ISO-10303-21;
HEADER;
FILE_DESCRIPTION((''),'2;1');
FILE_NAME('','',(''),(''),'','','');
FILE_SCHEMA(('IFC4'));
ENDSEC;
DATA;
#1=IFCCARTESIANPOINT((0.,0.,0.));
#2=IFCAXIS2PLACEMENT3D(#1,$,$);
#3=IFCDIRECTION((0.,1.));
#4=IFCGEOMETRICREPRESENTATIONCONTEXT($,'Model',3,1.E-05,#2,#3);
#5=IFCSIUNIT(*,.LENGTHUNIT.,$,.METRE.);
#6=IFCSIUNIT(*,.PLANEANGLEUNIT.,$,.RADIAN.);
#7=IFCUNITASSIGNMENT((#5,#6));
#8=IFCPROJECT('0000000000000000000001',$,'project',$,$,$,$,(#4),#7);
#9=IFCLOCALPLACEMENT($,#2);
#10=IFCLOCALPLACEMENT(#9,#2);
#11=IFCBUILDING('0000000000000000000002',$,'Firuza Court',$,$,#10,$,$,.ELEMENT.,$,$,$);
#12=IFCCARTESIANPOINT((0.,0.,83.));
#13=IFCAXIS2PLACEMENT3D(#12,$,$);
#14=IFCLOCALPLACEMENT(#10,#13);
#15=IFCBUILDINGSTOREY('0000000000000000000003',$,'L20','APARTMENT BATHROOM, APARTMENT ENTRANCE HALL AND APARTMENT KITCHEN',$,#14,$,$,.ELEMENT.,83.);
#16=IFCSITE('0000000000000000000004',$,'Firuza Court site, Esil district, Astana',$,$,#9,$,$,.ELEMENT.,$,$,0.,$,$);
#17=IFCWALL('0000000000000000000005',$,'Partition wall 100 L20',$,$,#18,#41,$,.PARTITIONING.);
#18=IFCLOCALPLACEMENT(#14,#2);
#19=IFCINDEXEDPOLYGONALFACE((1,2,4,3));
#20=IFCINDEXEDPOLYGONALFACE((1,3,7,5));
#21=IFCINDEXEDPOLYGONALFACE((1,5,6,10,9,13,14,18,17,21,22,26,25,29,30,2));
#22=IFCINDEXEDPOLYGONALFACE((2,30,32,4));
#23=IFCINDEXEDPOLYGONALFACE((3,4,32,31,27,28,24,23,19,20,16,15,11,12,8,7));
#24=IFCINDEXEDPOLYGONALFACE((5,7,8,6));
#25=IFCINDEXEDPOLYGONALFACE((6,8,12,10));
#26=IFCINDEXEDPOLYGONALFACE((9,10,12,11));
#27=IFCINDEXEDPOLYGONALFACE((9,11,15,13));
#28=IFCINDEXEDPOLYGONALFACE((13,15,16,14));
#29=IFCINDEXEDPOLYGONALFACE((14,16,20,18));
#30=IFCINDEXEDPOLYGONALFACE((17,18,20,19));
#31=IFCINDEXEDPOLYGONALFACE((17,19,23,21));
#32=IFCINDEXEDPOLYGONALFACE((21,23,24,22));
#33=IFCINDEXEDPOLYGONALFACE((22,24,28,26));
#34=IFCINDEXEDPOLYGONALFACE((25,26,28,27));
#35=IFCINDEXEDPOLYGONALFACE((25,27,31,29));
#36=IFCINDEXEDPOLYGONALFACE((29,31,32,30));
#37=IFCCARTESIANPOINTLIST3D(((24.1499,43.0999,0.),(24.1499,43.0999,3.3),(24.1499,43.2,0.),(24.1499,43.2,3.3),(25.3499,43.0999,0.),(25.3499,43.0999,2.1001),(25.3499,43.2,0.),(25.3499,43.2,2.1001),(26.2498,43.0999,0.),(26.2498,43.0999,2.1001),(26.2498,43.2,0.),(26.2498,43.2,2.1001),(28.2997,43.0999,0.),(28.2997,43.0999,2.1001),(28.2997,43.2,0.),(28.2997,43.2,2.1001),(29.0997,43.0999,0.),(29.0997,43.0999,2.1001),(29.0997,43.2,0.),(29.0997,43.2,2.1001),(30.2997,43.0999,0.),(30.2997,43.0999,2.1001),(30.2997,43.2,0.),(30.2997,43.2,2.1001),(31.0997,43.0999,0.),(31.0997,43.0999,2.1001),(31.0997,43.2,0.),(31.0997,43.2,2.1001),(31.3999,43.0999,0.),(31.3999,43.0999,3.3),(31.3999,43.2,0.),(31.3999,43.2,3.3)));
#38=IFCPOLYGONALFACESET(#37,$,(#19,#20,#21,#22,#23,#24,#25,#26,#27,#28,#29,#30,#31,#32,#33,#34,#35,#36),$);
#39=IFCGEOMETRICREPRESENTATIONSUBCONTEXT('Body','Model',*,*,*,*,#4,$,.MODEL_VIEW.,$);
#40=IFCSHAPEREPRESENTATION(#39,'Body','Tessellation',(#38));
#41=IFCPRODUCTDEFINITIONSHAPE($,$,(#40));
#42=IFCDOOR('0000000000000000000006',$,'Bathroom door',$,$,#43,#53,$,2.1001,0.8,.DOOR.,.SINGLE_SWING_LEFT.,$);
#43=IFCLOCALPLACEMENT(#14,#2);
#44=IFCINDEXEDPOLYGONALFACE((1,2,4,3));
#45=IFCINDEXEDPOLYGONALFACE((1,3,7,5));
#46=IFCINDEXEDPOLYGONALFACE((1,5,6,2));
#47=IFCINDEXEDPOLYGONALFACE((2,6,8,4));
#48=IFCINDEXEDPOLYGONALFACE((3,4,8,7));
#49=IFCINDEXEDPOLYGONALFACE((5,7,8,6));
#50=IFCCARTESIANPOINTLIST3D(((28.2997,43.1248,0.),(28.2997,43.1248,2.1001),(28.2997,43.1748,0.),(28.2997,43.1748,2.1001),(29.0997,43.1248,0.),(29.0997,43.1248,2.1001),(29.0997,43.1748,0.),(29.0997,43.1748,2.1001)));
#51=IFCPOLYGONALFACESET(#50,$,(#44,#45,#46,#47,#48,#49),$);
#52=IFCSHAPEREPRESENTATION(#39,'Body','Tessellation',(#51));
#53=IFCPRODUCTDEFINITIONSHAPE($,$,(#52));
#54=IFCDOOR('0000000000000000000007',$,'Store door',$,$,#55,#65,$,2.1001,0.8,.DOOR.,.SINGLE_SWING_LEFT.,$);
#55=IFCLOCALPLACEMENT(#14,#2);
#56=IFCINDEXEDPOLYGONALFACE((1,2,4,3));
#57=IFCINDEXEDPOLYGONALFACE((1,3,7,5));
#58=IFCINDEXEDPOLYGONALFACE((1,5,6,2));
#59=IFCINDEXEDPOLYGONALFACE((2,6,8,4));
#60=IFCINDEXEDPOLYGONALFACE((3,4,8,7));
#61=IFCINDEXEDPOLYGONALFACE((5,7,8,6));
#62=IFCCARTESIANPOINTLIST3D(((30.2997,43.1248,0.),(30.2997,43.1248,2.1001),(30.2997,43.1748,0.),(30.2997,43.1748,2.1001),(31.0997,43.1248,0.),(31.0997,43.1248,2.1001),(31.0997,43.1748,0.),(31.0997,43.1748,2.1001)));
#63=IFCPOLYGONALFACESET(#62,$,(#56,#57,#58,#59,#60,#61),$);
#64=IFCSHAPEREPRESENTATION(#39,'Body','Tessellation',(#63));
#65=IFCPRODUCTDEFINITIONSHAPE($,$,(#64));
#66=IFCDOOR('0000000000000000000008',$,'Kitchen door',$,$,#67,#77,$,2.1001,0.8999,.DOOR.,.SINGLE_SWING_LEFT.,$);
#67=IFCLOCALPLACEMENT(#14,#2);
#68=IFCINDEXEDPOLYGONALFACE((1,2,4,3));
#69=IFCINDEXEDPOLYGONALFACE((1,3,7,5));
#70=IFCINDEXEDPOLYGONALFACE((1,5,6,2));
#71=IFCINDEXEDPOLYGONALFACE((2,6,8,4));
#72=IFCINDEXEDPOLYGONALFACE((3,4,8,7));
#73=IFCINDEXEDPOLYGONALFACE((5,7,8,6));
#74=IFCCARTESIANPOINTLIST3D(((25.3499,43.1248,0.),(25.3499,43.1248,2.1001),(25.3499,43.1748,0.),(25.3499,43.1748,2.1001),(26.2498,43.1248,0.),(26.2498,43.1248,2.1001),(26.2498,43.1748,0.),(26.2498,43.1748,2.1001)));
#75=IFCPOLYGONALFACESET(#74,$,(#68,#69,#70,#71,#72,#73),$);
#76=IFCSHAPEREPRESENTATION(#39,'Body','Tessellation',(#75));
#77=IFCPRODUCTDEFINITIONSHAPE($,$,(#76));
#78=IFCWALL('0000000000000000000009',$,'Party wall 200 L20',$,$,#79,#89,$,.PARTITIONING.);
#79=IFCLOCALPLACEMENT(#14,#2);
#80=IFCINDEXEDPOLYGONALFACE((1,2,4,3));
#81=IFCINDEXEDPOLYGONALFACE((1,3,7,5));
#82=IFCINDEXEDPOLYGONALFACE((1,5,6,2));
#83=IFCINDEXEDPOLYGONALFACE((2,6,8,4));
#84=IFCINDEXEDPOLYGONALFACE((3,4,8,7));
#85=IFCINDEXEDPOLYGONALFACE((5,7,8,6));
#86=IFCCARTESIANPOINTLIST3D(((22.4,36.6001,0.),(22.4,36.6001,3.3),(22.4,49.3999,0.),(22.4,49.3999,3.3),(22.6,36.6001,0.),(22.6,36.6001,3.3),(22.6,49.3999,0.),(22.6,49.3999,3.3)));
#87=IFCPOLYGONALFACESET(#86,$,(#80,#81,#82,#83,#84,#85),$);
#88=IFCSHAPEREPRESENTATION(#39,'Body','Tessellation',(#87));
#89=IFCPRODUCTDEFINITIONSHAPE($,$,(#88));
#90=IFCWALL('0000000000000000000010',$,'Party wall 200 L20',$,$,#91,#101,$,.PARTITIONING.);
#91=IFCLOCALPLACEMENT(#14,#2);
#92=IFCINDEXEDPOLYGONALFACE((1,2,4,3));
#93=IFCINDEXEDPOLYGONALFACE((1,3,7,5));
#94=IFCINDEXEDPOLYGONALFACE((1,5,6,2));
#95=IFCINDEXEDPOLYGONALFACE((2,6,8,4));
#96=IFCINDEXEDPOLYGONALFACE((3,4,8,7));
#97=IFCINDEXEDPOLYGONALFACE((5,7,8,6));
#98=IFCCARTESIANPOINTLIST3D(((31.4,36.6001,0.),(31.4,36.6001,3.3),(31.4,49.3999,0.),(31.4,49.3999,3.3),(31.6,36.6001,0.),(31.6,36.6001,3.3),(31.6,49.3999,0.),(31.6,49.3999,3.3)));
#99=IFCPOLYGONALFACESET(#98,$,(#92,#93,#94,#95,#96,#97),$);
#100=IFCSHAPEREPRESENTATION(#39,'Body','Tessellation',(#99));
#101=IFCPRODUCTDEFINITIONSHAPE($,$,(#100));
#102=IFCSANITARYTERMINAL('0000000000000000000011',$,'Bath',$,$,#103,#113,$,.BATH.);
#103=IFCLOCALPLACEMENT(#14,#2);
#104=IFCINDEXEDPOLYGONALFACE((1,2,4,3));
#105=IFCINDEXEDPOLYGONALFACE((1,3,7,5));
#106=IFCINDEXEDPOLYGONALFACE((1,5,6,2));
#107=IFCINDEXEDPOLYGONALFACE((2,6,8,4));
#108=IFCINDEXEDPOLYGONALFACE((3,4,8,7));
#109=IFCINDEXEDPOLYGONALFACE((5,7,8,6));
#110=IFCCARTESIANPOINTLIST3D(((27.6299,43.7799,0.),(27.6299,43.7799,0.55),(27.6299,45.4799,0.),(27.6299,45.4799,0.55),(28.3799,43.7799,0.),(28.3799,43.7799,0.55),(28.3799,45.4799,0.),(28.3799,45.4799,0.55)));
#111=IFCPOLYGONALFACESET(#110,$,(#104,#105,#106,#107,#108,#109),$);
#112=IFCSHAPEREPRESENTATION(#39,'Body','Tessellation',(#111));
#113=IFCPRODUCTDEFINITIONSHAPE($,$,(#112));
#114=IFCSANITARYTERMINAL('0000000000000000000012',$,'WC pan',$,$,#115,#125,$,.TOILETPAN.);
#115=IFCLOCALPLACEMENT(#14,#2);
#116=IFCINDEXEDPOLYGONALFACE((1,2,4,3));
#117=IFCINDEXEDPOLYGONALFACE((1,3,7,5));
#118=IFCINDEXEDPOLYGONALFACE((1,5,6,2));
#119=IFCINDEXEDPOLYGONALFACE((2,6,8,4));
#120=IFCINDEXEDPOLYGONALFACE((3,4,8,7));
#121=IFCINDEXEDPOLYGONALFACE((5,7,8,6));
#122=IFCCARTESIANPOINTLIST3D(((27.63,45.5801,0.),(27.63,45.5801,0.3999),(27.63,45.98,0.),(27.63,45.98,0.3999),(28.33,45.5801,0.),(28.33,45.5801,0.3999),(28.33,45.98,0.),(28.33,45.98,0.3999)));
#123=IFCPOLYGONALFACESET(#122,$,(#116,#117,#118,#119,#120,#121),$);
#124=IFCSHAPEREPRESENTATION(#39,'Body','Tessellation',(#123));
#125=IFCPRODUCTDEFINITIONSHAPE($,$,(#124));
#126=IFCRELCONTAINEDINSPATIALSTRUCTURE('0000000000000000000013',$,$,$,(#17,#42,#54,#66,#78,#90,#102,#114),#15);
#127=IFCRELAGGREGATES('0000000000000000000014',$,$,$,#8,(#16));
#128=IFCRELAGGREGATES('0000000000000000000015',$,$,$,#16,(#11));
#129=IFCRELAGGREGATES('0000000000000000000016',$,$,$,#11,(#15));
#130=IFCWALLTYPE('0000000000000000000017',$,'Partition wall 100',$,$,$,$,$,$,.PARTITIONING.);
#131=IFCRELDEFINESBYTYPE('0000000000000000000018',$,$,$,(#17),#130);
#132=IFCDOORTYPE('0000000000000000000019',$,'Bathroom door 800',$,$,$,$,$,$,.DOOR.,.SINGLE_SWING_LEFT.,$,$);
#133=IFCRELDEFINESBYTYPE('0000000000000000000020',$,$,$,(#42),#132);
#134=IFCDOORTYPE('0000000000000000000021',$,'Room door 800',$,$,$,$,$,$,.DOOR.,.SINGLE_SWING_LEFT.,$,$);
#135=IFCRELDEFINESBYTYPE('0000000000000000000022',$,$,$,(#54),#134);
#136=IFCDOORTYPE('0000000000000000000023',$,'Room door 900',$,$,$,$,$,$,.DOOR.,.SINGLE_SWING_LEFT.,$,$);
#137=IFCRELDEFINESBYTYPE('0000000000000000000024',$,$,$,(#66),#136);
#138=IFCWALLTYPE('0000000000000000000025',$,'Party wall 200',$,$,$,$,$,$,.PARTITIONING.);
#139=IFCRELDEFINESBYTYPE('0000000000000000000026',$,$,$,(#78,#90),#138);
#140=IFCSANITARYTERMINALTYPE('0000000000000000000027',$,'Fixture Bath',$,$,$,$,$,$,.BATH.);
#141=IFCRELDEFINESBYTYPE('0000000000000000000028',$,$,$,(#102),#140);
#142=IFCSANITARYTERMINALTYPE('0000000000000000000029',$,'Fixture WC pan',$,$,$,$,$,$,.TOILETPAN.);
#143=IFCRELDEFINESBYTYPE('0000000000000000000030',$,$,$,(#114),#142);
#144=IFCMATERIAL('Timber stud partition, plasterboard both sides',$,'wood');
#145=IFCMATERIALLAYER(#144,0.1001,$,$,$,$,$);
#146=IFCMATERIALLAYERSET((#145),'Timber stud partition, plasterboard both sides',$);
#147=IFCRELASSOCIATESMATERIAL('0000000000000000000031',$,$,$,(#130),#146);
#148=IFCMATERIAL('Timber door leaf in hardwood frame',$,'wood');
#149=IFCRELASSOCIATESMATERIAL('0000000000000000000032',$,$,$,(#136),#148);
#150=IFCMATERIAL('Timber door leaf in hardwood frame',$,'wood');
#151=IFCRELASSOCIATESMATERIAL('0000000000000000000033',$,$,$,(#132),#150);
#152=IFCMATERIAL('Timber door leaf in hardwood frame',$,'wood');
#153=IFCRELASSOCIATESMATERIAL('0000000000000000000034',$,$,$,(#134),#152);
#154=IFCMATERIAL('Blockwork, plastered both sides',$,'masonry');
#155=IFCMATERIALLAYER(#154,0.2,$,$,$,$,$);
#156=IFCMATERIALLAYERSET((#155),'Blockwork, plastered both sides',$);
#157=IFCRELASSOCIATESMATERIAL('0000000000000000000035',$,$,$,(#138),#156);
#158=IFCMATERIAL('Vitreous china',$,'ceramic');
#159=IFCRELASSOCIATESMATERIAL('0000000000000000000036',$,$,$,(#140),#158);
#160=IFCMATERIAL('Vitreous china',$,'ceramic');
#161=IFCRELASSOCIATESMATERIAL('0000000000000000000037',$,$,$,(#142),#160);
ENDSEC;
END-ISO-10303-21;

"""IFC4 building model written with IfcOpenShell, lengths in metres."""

from ifc_helpers import new_model, si_unit, direction, frame, frame_2d, origin, origin_2d, place, context, subcontext, project, spatial, rectangle, extrude, material, layer, layer_set, type_object, element, fill, save


model = new_model("IFC4")

# Units and contexts
model_context = context("Model", 3, precision=1e-05, world=origin(), true_north=direction((0.0, 1.0)))
body_context = subcontext(model_context, "Body", "Model", "MODEL_VIEW")
ifc_project = project(units=[si_unit("LENGTHUNIT", "METRE"), si_unit("PLANEANGLEUNIT", "RADIAN")], contexts=[model_context])

# Site, building, storey
site_placement = place(None, origin())
site = spatial("IfcSite", under=ifc_project, at=site_placement, Name="Firuza Court site, Esil district, Astana", CompositionType="ELEMENT", RefElevation=0.0)
building_placement = place(site_placement, origin())
building = spatial("IfcBuilding", under=site, at=building_placement, Name="Firuza Court", CompositionType="ELEMENT")
storey_placement = place(building_placement, frame((0.0, 0.0, 83.0)))
storey = spatial("IfcBuildingStorey", under=building, at=storey_placement, Name="L20", Description="APARTMENT BATHROOM, APARTMENT ENTRANCE HALL AND APARTMENT KITCHEN", CompositionType="ELEMENT", Elevation=83.0)

# Shared definitions
ifc_material_1 = material(Name="Timber stud partition, plasterboard both sides", Category="wood")
ifc_layer_1 = layer(ifc_material_1, 0.1001)
ifc_layer_set_1 = layer_set([ifc_layer_1], Name="Timber stud partition, plasterboard both sides")
wall_type_1 = type_object("IfcWallType", Name="Partition wall 100", PredefinedType="PARTITIONING", material=ifc_layer_set_1)

# Shared definitions
ifc_material_2 = material(Name="Timber door leaf in hardwood frame", Category="wood")
door_type_1 = type_object("IfcDoorType", Name="Room door 900", OperationType="SINGLE_SWING_LEFT", PredefinedType="DOOR", material=ifc_material_2)

# Wall, openings, doors
wall_1_placement = place(storey_placement, frame((24.1499, 43.1499, 0.0), z_axis=(0.0, 0.0, 1.0), x_axis=(1.0, 0.0, 0.0)))
wall_1 = element("IfcWall", 1, at=wall_1_placement, inside=storey, type_object=wall_type_1, Name="Partition wall 100 L20", PredefinedType="PARTITIONING", context=body_context, shape_type="SweptSolid", body=[
    extrude(rectangle(XDim=7.25, YDim=0.1001, at=frame_2d((3.625, 0.0))), origin(), (0.0, 0.0, 1.0), 3.3),
])
opening_1_placement = place(wall_1_placement, frame((4.1499, 0.0, 0.0)))
opening_1 = element("IfcOpeningElement", 2, at=opening_1_placement, cuts=wall_1, PredefinedType="OPENING", context=body_context, shape_type="SweptSolid", body=[
    extrude(rectangle(XDim=0.8, YDim=2.1001, at=frame_2d((0.3999, 1.05))), frame((0.0, 0.062, 0.0), z_axis=(0.0, -1.0, 0.0), x_axis=(1.0, 0.0, 0.0)), (0.0, 0.0, 1.0), 0.124),
])
opening_2_placement = place(wall_1_placement, frame((1.2, 0.0, 0.0)))
opening_2 = element("IfcOpeningElement", 3, at=opening_2_placement, cuts=wall_1, PredefinedType="OPENING", context=body_context, shape_type="SweptSolid", body=[
    extrude(rectangle(XDim=0.8999, YDim=2.1001, at=frame_2d((0.45, 1.05))), frame((0.0, 0.062, 0.0), z_axis=(0.0, -1.0, 0.0), x_axis=(1.0, 0.0, 0.0)), (0.0, 0.0, 1.0), 0.124),
])
opening_3_placement = place(wall_1_placement, frame((6.1499, 0.0, 0.0)))
opening_3 = element("IfcOpeningElement", 4, at=opening_3_placement, cuts=wall_1, PredefinedType="OPENING", context=body_context, shape_type="SweptSolid", body=[
    extrude(rectangle(XDim=0.8, YDim=2.1001, at=frame_2d((0.3999, 1.05))), frame((0.0, 0.062, 0.0), z_axis=(0.0, -1.0, 0.0), x_axis=(1.0, 0.0, 0.0)), (0.0, 0.0, 1.0), 0.124),
])
ifc_material_3 = material(Name="Timber door leaf in hardwood frame", Category="wood")
door_type_2 = type_object("IfcDoorType", Name="Bathroom door 800", OperationType="SINGLE_SWING_LEFT", PredefinedType="DOOR", material=ifc_material_3)
door_1_placement = place(opening_1_placement, origin())
door_1 = element("IfcDoor", 5, at=door_1_placement, inside=storey, type_object=door_type_2, Name="Bathroom door", OperationType="SINGLE_SWING_LEFT", OverallHeight=2.1001, OverallWidth=0.8, PredefinedType="DOOR", context=body_context, shape_type="SweptSolid", body=[
    extrude(rectangle(XDim=0.8, YDim=2.1001, at=frame_2d((0.3999, 1.05))), frame((0.0, 0.0249, 0.0), z_axis=(0.0, -1.0, 0.0), x_axis=(1.0, 0.0, 0.0)), (0.0, 0.0, 1.0), 0.05),
])
fill(opening_1, door_1)
ifc_material_4 = material(Name="Timber door leaf in hardwood frame", Category="wood")
door_type_3 = type_object("IfcDoorType", Name="Room door 800", OperationType="SINGLE_SWING_LEFT", PredefinedType="DOOR", material=ifc_material_4)
door_2_placement = place(opening_3_placement, origin())
door_2 = element("IfcDoor", 6, at=door_2_placement, inside=storey, type_object=door_type_3, Name="Store door", OperationType="SINGLE_SWING_LEFT", OverallHeight=2.1001, OverallWidth=0.8, PredefinedType="DOOR", context=body_context, shape_type="SweptSolid", body=[
    extrude(rectangle(XDim=0.8, YDim=2.1001, at=frame_2d((0.3999, 1.05))), frame((0.0, 0.0249, 0.0), z_axis=(0.0, -1.0, 0.0), x_axis=(1.0, 0.0, 0.0)), (0.0, 0.0, 1.0), 0.05),
])
fill(opening_3, door_2)
door_3_placement = place(opening_2_placement, origin())
door_3 = element("IfcDoor", 7, at=door_3_placement, inside=storey, type_object=door_type_1, Name="Kitchen door", OperationType="SINGLE_SWING_LEFT", OverallHeight=2.1001, OverallWidth=0.8999, PredefinedType="DOOR", context=body_context, shape_type="SweptSolid", body=[
    extrude(rectangle(XDim=0.8999, YDim=2.1001, at=frame_2d((0.45, 1.05))), frame((0.0, 0.0249, 0.0), z_axis=(0.0, -1.0, 0.0), x_axis=(1.0, 0.0, 0.0)), (0.0, 0.0, 1.0), 0.05),
])
fill(opening_2, door_3)

# Walls
ifc_material_5 = material(Name="Blockwork, plastered both sides", Category="masonry")
ifc_layer_2 = layer(ifc_material_5, 0.2)
ifc_layer_set_2 = layer_set([ifc_layer_2], Name="Blockwork, plastered both sides")
wall_type_2 = type_object("IfcWallType", Name="Party wall 200", PredefinedType="PARTITIONING", material=ifc_layer_set_2)
for number, where, z_axis, x_axis, name in (
    (8, (22.5, 36.6001, 0.0), (0.0, 0.0, 1.0), (0.0, 1.0, 0.0), "Party wall 200 L20"),
    (9, (31.5, 36.6001, 0.0), (0.0, 0.0, 1.0), (0.0, 1.0, 0.0), "Party wall 200 L20"),
):
    element("IfcWall", number, at=place(storey_placement, frame(where, z_axis=z_axis, x_axis=x_axis)), inside=storey, type_object=wall_type_2, Name=name, PredefinedType="PARTITIONING", context=body_context, shape_type="SweptSolid", body=[
        extrude(rectangle(XDim=12.7998, YDim=0.2, at=frame_2d((6.3999, 0.0))), origin(), (0.0, 0.0, 1.0), 3.3),
    ])

# Sanitary terminals
ifc_material_6 = material(Name="Vitreous china", Category="ceramic")
sanitary_terminal_type_1 = type_object("IfcSanitaryTerminalType", Name="Fixture Bath", PredefinedType="BATH", material=ifc_material_6)
sanitary_terminal_1_placement = place(storey_placement, frame((28.0049, 44.6299, 0.0), z_axis=(0.0, 0.0, 1.0), x_axis=(1.0, 0.0, 0.0)))
element("IfcSanitaryTerminal", 10, at=sanitary_terminal_1_placement, inside=storey, type_object=sanitary_terminal_type_1, Name="Bath", PredefinedType="BATH", context=body_context, shape_type="SweptSolid", body=[
    extrude(rectangle(XDim=0.75, YDim=1.7, at=origin_2d()), origin(), (0.0, 0.0, 1.0), 0.55),
])
ifc_material_7 = material(Name="Vitreous china", Category="ceramic")
sanitary_terminal_type_2 = type_object("IfcSanitaryTerminalType", Name="Fixture WC pan", PredefinedType="TOILETPAN", material=ifc_material_7)
sanitary_terminal_2_placement = place(storey_placement, frame((27.98, 45.78, 0.0), z_axis=(0.0, 0.0, 1.0), x_axis=(1.0, 0.0, 0.0)))
element("IfcSanitaryTerminal", 11, at=sanitary_terminal_2_placement, inside=storey, type_object=sanitary_terminal_type_2, Name="WC pan", PredefinedType="TOILETPAN", context=body_context, shape_type="SweptSolid", body=[
    extrude(rectangle(XDim=0.7, YDim=0.3999, at=origin_2d()), origin(), (0.0, 0.0, 1.0), 0.3999),
])

save(model, "model.ifc")
